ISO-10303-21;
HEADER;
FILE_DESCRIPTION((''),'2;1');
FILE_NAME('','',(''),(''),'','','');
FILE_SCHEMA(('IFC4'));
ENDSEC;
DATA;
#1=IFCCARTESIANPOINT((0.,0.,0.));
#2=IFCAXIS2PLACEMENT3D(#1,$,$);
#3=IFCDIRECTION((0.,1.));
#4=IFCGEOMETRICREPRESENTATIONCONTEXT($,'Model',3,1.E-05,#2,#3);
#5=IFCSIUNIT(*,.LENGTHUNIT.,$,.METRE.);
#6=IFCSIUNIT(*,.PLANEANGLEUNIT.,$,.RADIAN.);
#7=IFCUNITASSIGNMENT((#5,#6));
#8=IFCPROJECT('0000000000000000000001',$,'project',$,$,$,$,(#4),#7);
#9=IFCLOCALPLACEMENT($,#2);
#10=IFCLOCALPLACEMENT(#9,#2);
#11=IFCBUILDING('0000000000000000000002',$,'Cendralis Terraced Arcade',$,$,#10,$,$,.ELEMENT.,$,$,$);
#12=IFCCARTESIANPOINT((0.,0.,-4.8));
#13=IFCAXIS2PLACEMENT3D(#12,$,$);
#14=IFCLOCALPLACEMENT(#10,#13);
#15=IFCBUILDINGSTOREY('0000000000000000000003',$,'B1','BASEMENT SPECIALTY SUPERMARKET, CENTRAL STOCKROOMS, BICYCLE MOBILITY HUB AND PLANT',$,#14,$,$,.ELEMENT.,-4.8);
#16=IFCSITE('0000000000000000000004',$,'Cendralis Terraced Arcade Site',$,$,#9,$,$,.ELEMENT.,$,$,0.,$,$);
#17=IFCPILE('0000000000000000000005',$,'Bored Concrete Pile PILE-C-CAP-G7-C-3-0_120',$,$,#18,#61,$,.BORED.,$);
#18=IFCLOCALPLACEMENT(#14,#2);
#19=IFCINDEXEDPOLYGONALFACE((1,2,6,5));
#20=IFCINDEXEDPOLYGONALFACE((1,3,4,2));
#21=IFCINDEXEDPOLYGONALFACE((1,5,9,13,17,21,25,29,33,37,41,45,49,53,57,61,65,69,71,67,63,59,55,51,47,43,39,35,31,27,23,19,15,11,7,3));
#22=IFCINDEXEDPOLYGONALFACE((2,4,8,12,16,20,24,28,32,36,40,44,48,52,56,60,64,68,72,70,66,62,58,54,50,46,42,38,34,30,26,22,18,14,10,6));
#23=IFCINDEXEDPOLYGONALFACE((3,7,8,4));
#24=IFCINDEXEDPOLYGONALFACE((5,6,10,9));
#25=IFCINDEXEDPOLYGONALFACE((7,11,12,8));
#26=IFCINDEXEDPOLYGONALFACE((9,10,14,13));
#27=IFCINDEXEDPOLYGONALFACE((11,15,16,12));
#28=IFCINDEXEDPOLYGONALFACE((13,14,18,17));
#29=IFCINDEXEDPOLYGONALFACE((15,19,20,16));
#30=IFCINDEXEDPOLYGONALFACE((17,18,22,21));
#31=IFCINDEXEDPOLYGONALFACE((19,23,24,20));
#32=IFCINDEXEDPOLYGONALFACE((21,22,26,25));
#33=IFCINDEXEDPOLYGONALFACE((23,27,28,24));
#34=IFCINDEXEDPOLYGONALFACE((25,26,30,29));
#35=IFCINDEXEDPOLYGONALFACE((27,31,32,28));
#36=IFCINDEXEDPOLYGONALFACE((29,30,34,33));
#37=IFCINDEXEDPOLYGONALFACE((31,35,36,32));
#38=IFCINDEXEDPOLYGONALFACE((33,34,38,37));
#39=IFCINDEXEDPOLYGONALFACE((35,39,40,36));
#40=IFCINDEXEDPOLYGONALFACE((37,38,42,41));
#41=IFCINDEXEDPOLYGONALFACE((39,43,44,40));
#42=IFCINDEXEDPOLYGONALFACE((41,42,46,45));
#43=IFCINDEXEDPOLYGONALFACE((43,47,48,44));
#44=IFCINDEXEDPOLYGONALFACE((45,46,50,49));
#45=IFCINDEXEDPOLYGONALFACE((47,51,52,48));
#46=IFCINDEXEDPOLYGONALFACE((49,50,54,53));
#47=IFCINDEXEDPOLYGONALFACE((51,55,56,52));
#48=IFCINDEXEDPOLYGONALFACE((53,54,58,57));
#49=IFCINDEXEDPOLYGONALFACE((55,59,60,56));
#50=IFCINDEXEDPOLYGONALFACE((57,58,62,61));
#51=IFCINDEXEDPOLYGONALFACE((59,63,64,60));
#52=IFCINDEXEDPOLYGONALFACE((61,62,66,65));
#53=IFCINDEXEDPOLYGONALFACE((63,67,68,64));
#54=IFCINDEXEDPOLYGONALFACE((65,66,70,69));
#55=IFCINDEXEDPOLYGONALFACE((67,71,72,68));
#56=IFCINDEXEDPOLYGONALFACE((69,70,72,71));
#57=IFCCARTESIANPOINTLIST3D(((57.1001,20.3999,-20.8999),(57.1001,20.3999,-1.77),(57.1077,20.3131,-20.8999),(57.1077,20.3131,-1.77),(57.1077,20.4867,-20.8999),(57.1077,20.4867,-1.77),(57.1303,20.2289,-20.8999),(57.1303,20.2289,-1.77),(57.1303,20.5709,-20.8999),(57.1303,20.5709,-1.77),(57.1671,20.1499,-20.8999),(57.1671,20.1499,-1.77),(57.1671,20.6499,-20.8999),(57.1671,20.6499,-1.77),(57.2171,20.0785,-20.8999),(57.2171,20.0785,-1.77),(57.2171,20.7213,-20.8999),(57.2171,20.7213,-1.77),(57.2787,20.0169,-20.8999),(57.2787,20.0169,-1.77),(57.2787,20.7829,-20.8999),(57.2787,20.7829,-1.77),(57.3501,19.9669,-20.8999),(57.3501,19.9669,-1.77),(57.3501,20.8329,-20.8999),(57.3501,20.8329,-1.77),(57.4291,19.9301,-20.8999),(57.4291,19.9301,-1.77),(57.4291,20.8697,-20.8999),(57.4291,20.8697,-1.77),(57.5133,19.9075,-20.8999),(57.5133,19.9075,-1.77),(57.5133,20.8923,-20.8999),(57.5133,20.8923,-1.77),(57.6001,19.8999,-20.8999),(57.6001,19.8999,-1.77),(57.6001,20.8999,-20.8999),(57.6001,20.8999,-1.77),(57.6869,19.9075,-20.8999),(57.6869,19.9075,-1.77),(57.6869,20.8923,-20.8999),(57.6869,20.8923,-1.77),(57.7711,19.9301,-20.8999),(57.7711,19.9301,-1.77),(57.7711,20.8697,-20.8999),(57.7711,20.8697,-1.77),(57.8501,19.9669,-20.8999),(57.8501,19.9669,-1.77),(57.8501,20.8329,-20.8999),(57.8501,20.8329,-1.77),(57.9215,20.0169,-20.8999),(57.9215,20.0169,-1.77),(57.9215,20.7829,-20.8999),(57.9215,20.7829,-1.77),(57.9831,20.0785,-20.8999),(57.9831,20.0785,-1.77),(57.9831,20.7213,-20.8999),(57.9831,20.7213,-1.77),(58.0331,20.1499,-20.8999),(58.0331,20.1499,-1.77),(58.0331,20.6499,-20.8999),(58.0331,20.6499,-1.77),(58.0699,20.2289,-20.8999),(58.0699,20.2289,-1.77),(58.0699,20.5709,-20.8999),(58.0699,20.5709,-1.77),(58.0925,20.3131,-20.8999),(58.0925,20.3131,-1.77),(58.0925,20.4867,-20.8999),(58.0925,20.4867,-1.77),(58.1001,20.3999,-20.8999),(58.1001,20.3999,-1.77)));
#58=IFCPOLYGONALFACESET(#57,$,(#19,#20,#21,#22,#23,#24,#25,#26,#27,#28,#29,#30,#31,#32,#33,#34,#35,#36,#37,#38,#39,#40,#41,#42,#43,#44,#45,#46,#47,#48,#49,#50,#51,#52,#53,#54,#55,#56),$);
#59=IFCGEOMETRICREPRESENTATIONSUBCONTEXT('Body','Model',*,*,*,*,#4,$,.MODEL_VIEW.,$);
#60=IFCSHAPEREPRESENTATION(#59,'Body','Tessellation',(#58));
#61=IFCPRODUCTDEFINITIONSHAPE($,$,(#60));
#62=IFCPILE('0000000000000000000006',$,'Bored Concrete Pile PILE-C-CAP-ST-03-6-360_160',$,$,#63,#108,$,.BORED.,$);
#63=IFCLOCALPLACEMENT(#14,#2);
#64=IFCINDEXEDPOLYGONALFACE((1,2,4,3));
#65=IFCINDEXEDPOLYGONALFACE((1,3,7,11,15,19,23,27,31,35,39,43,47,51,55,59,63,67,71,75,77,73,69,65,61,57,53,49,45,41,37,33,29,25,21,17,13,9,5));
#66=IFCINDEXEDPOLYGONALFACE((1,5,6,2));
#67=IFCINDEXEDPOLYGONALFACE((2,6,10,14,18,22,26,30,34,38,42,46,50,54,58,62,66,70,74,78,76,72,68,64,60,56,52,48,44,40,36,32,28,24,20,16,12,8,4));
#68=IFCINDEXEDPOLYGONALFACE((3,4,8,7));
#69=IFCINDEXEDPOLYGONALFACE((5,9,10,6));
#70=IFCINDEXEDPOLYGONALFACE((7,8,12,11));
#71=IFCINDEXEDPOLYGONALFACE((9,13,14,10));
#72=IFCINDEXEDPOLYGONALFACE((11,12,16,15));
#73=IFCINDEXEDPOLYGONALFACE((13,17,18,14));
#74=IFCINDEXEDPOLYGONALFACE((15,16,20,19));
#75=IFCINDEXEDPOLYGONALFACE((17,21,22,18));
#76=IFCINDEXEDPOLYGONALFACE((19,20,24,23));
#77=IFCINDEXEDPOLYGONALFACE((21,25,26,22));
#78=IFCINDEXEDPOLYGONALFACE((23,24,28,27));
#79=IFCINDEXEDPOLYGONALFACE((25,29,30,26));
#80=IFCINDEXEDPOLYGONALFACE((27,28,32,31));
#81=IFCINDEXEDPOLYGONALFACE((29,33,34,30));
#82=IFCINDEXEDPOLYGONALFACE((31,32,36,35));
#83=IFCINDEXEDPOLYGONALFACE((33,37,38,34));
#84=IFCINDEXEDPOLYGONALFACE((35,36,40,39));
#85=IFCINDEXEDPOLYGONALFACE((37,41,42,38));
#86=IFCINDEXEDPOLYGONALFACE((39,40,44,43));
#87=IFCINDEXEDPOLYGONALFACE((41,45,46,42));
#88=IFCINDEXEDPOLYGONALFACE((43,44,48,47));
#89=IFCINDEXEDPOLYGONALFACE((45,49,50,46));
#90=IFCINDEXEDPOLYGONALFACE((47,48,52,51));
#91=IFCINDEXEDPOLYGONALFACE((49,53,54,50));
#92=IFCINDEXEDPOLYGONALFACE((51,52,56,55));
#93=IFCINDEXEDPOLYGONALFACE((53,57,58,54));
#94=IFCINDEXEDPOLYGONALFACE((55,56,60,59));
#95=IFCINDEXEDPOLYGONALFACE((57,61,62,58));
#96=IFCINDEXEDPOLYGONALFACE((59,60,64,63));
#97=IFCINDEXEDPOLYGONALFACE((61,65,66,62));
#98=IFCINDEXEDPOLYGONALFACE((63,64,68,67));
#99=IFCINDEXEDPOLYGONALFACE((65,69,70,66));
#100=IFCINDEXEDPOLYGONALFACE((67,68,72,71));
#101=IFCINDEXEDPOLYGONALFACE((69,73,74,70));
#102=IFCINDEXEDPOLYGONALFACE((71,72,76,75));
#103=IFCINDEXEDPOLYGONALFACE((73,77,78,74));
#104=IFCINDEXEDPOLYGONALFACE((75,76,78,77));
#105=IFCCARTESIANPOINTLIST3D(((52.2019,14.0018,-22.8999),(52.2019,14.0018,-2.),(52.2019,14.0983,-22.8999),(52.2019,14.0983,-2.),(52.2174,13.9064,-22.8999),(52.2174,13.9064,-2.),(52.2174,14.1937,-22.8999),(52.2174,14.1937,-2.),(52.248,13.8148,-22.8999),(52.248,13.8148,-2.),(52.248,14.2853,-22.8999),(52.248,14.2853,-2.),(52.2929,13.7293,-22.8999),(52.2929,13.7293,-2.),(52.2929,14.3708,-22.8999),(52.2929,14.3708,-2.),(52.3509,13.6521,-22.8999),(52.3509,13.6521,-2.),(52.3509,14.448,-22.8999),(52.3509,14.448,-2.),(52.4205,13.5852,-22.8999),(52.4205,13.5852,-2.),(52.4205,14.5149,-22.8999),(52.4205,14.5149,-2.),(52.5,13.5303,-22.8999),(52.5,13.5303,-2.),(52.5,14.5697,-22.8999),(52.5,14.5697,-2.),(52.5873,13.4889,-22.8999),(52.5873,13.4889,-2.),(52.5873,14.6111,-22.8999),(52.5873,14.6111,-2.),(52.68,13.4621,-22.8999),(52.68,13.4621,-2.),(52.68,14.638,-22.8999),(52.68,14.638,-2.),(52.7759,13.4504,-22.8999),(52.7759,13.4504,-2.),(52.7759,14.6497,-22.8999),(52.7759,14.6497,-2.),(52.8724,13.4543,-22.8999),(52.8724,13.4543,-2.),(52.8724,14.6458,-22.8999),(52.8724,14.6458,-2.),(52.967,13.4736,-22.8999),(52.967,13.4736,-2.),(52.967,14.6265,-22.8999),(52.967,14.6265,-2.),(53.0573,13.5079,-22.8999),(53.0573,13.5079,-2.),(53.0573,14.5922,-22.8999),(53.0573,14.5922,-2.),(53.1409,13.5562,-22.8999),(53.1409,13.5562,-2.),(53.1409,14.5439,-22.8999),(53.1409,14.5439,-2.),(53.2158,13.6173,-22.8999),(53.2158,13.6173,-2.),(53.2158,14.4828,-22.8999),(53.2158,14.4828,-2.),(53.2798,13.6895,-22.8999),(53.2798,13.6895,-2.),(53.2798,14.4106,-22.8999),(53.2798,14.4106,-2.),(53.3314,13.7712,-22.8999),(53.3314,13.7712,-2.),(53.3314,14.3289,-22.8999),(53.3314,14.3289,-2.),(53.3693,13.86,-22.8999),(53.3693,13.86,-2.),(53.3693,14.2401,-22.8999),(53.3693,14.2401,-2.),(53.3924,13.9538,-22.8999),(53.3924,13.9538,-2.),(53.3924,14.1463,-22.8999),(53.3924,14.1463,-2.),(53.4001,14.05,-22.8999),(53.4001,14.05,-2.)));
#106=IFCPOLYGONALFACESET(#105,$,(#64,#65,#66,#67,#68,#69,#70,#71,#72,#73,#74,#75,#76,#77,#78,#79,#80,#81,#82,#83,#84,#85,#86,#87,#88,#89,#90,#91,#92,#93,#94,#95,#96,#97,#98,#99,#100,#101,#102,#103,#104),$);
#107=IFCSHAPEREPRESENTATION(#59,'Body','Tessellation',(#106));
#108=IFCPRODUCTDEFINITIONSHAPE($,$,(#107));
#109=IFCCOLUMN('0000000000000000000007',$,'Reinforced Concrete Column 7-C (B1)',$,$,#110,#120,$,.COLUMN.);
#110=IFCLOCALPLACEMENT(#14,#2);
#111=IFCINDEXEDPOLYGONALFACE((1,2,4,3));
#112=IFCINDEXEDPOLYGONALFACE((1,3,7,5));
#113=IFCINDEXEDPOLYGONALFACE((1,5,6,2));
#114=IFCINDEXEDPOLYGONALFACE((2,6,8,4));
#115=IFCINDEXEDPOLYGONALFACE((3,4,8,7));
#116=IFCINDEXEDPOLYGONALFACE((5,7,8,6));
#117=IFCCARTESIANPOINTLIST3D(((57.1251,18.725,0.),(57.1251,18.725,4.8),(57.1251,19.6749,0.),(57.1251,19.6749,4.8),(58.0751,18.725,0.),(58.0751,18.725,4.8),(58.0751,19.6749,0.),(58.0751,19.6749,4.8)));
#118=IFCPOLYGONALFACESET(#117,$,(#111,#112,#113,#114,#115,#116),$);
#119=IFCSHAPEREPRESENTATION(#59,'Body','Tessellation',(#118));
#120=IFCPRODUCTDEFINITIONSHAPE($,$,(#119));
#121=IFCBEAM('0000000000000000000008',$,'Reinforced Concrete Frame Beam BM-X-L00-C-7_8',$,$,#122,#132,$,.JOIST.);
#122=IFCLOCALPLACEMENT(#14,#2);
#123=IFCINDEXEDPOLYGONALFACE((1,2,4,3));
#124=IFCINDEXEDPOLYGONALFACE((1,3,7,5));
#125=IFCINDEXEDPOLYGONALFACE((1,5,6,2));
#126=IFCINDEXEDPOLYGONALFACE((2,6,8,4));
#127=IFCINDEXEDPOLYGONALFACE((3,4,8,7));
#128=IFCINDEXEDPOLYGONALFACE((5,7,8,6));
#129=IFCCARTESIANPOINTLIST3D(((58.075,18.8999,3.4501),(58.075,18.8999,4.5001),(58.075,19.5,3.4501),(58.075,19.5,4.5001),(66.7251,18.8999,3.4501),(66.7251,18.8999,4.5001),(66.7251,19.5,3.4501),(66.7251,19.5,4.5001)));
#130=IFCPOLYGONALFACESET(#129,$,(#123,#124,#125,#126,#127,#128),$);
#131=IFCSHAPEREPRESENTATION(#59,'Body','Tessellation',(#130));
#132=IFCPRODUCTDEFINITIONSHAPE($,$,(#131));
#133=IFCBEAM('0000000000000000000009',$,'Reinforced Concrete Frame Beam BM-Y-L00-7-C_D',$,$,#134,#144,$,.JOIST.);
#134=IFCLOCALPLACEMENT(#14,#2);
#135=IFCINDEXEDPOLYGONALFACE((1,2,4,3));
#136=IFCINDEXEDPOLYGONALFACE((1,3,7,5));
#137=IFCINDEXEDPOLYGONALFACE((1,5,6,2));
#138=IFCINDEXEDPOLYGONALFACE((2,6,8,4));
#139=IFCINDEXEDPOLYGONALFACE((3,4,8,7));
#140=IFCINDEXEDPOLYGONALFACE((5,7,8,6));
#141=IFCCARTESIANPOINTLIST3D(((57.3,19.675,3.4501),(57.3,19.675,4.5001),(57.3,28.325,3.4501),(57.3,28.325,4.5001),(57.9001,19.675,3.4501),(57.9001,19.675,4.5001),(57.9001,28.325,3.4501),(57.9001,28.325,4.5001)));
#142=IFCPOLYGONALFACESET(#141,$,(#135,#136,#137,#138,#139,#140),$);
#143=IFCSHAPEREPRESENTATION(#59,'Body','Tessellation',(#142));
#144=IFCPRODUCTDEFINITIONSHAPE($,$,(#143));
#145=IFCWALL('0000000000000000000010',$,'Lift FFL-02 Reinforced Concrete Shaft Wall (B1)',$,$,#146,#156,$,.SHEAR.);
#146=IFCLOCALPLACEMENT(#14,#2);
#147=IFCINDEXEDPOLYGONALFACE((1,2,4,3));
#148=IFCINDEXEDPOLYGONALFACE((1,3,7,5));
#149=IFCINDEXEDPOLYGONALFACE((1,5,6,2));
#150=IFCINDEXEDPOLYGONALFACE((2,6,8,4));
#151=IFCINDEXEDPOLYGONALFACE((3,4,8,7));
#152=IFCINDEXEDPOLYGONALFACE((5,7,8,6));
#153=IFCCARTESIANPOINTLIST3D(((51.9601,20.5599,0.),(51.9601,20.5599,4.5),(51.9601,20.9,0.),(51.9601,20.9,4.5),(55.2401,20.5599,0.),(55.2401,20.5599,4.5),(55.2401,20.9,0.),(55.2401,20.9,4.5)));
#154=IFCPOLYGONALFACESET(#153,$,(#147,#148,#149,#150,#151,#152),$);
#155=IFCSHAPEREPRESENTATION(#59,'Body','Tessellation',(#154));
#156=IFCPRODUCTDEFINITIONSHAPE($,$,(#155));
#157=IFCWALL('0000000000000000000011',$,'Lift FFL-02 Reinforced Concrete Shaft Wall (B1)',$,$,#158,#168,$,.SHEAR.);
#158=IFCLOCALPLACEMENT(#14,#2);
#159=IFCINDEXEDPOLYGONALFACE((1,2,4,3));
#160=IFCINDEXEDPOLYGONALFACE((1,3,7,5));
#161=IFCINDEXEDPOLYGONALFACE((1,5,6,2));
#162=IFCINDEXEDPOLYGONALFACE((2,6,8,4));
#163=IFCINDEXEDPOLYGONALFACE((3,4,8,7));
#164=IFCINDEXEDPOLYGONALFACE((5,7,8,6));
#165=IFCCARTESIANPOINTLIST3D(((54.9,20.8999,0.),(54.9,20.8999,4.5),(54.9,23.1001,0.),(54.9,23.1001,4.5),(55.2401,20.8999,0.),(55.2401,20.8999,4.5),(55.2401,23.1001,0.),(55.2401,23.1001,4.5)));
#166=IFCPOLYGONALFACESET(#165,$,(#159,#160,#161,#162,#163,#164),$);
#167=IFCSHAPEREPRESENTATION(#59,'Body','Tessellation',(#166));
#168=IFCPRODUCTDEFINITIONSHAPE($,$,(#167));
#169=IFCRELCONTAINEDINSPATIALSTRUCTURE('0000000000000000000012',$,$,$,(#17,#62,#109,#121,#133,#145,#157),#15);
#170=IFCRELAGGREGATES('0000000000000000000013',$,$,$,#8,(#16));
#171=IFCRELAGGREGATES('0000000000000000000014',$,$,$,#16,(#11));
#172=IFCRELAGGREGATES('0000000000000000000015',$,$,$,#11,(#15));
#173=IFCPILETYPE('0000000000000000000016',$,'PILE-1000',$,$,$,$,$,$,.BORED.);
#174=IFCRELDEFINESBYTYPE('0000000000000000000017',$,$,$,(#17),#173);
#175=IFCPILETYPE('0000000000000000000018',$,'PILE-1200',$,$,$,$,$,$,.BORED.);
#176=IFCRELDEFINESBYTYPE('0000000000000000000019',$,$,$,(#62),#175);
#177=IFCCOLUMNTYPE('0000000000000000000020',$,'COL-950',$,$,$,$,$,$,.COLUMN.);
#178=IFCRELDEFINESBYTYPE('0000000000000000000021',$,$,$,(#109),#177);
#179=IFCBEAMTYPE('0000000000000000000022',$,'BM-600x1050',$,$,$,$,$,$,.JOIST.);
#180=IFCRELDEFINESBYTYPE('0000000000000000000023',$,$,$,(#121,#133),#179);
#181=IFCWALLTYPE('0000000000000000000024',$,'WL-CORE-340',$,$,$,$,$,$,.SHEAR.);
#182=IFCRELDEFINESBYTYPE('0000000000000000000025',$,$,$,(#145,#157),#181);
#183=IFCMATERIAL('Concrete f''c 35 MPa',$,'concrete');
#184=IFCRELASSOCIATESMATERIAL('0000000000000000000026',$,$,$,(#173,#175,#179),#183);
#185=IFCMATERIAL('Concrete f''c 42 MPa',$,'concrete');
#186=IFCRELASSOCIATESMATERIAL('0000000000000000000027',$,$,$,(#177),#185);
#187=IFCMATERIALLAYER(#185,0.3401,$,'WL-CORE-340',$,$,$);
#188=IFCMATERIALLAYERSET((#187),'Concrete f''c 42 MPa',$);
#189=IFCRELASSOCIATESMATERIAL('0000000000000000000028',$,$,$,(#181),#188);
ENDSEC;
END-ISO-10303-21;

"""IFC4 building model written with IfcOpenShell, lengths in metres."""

from ifc_helpers import new_model, si_unit, direction, frame, frame_2d, origin, origin_2d, place, context, subcontext, project, spatial, rectangle, circle, extrude, material, layer, layer_set, material_profile, profile_set, type_object, element, save


model = new_model("IFC4")

# Units and contexts
model_context = context("Model", 3, precision=1e-05, world=origin(), true_north=direction((0.0, 1.0)))
body_context = subcontext(model_context, "Body", "Model", "MODEL_VIEW")
ifc_project = project(units=[si_unit("LENGTHUNIT", "METRE"), si_unit("PLANEANGLEUNIT", "RADIAN")], contexts=[model_context])

# Site, building, storey
site_placement = place(None, origin())
site = spatial("IfcSite", under=ifc_project, at=site_placement, Name="Cendralis Terraced Arcade Site", CompositionType="ELEMENT", RefElevation=0.0)
building_placement = place(site_placement, origin())
building = spatial("IfcBuilding", under=site, at=building_placement, Name="Cendralis Terraced Arcade", CompositionType="ELEMENT")
storey_placement = place(building_placement, frame((0.0, 0.0, -4.8)))
storey = spatial("IfcBuildingStorey", under=building, at=storey_placement, Name="B1", Description="BASEMENT SPECIALTY SUPERMARKET, CENTRAL STOCKROOMS, BICYCLE MOBILITY HUB AND PLANT", CompositionType="ELEMENT", Elevation=-4.8)

# Shared definitions
ifc_material_1 = material(Name="Concrete f'c 35 MPa", Category="concrete")

# Piles
ifc_material_profile_1 = material_profile(ifc_material_1, circle(Radius=0.5, at=origin_2d()), Name="PILE-D1000", Category="LoadBearing")
ifc_profile_set_1 = profile_set([ifc_material_profile_1], Name="Concrete f'c 35 MPa")
pile_type_1 = type_object("IfcPileType", Name="PILE-1000", PredefinedType="BORED", material=ifc_profile_set_1)
for number, where, z_axis, x_axis, name in (
    (1, (57.6001, 20.3999, -1.77), (0.0, 0.0, -1.0), (1.0, 0.0, 0.0), "Bored Concrete Pile PILE-C-CAP-G7-C-3-0_120"),
):
    element("IfcPile", number, at=place(storey_placement, frame(where, z_axis=z_axis, x_axis=x_axis)), inside=storey, type_object=pile_type_1, Name=name, PredefinedType="BORED", context=body_context, shape_type="SweptSolid", body=[
        extrude(circle(Radius=0.5, at=origin_2d()), origin(), (0.0, 0.0, 1.0), 19.1299),
    ])
ifc_material_profile_2 = material_profile(ifc_material_1, circle(Radius=0.6001, at=origin_2d()), Name="PILE-D1200", Category="LoadBearing")
ifc_profile_set_2 = profile_set([ifc_material_profile_2], Name="Concrete f'c 35 MPa")
pile_type_2 = type_object("IfcPileType", Name="PILE-1200", PredefinedType="BORED", material=ifc_profile_set_2)
pile_1_placement = place(storey_placement, frame((52.8, 14.05, -2.0), z_axis=(0.0, 0.0, -1.0), x_axis=(1.0, 0.0, 0.0)))
element("IfcPile", 2, at=pile_1_placement, inside=storey, type_object=pile_type_2, Name="Bored Concrete Pile PILE-C-CAP-ST-03-6-360_160", PredefinedType="BORED", context=body_context, shape_type="SweptSolid", body=[
    extrude(circle(Radius=0.6001, at=origin_2d()), origin(), (0.0, 0.0, 1.0), 20.8999),
])

# Column
ifc_material_2 = material(Name="Concrete f'c 42 MPa", Category="concrete")
ifc_material_profile_3 = material_profile(ifc_material_2, rectangle(XDim=0.95, YDim=0.95, at=origin_2d()), Name="RC-COL-950x950", Category="LoadBearing")
ifc_profile_set_3 = profile_set([ifc_material_profile_3], Name="Concrete f'c 42 MPa")
column_type = type_object("IfcColumnType", Name="COL-950", PredefinedType="COLUMN", material=ifc_profile_set_3)
column_placement = place(storey_placement, frame((57.6001, 19.2, 0.0), z_axis=(0.0, 0.0, 1.0), x_axis=(1.0, 0.0, 0.0)))
element("IfcColumn", 3, at=column_placement, inside=storey, type_object=column_type, Name="Reinforced Concrete Column 7-C (B1)", PredefinedType="COLUMN", context=body_context, shape_type="SweptSolid", body=[
    extrude(rectangle(XDim=0.95, YDim=0.95, at=origin_2d()), origin(), (0.0, 0.0, 1.0), 4.8),
])

# Beams
ifc_material_profile_4 = material_profile(ifc_material_1, rectangle(XDim=0.6001, YDim=1.05, at=origin_2d()), Name="RC-BM-600x1050", Category="LoadBearing")
ifc_profile_set_4 = profile_set([ifc_material_profile_4], Name="Concrete f'c 35 MPa")
beam_type = type_object("IfcBeamType", Name="BM-600x1050", PredefinedType="JOIST", material=ifc_profile_set_4)
beam_1_placement = place(storey_placement, frame((58.075, 19.2, 3.9751), z_axis=(1.0, 0.0, 0.0), x_axis=(0.0, 1.0, 0.0)))
element("IfcBeam", 4, at=beam_1_placement, inside=storey, type_object=beam_type, Name="Reinforced Concrete Frame Beam BM-X-L00-C-7_8", PredefinedType="JOIST", context=body_context, shape_type="SweptSolid", body=[
    extrude(rectangle(XDim=0.6001, YDim=1.05, at=origin_2d()), origin(), (0.0, 0.0, 1.0), 8.6501),
])
beam_2_placement = place(storey_placement, frame((57.6001, 19.675, 3.9751), z_axis=(0.0, 1.0, 0.0), x_axis=(-1.0, 0.0, 0.0)))
element("IfcBeam", 5, at=beam_2_placement, inside=storey, type_object=beam_type, Name="Reinforced Concrete Frame Beam BM-Y-L00-7-C_D", PredefinedType="JOIST", context=body_context, shape_type="SweptSolid", body=[
    extrude(rectangle(XDim=0.6001, YDim=1.05, at=origin_2d()), origin(), (0.0, 0.0, 1.0), 8.6499),
])

# Wall
ifc_layer_1 = layer(ifc_material_2, 0.3401, Name="WL-CORE-340")
ifc_layer_set_1 = layer_set([ifc_layer_1], Name="Concrete f'c 42 MPa")
wall_type_1 = type_object("IfcWallType", Name="WL-CORE-340", PredefinedType="SHEAR", material=ifc_layer_set_1)
wall_1_placement = place(storey_placement, frame((51.96, 20.73, 0.0), z_axis=(0.0, 0.0, 1.0), x_axis=(1.0, 0.0, 0.0)))
element("IfcWall", 6, at=wall_1_placement, inside=storey, type_object=wall_type_1, Name="Lift FFL-02 Reinforced Concrete Shaft Wall (B1)", PredefinedType="SHEAR", context=body_context, shape_type="SweptSolid", body=[
    extrude(rectangle(XDim=3.28, YDim=0.3401, at=frame_2d((1.6401, 0.0))), origin(), (0.0, 0.0, 1.0), 4.5),
])

# Wall
wall_2_placement = place(storey_placement, frame((55.0701, 20.8999, 0.0), z_axis=(0.0, 0.0, 1.0), x_axis=(0.0, 1.0, 0.0)))
element("IfcWall", 7, at=wall_2_placement, inside=storey, type_object=wall_type_1, Name="Lift FFL-02 Reinforced Concrete Shaft Wall (B1)", PredefinedType="SHEAR", context=body_context, shape_type="SweptSolid", body=[
    extrude(rectangle(XDim=2.2002, YDim=0.3401, at=frame_2d((1.1001, 0.0))), origin(), (0.0, 0.0, 1.0), 4.5),
])

save(model, "model.ifc")
